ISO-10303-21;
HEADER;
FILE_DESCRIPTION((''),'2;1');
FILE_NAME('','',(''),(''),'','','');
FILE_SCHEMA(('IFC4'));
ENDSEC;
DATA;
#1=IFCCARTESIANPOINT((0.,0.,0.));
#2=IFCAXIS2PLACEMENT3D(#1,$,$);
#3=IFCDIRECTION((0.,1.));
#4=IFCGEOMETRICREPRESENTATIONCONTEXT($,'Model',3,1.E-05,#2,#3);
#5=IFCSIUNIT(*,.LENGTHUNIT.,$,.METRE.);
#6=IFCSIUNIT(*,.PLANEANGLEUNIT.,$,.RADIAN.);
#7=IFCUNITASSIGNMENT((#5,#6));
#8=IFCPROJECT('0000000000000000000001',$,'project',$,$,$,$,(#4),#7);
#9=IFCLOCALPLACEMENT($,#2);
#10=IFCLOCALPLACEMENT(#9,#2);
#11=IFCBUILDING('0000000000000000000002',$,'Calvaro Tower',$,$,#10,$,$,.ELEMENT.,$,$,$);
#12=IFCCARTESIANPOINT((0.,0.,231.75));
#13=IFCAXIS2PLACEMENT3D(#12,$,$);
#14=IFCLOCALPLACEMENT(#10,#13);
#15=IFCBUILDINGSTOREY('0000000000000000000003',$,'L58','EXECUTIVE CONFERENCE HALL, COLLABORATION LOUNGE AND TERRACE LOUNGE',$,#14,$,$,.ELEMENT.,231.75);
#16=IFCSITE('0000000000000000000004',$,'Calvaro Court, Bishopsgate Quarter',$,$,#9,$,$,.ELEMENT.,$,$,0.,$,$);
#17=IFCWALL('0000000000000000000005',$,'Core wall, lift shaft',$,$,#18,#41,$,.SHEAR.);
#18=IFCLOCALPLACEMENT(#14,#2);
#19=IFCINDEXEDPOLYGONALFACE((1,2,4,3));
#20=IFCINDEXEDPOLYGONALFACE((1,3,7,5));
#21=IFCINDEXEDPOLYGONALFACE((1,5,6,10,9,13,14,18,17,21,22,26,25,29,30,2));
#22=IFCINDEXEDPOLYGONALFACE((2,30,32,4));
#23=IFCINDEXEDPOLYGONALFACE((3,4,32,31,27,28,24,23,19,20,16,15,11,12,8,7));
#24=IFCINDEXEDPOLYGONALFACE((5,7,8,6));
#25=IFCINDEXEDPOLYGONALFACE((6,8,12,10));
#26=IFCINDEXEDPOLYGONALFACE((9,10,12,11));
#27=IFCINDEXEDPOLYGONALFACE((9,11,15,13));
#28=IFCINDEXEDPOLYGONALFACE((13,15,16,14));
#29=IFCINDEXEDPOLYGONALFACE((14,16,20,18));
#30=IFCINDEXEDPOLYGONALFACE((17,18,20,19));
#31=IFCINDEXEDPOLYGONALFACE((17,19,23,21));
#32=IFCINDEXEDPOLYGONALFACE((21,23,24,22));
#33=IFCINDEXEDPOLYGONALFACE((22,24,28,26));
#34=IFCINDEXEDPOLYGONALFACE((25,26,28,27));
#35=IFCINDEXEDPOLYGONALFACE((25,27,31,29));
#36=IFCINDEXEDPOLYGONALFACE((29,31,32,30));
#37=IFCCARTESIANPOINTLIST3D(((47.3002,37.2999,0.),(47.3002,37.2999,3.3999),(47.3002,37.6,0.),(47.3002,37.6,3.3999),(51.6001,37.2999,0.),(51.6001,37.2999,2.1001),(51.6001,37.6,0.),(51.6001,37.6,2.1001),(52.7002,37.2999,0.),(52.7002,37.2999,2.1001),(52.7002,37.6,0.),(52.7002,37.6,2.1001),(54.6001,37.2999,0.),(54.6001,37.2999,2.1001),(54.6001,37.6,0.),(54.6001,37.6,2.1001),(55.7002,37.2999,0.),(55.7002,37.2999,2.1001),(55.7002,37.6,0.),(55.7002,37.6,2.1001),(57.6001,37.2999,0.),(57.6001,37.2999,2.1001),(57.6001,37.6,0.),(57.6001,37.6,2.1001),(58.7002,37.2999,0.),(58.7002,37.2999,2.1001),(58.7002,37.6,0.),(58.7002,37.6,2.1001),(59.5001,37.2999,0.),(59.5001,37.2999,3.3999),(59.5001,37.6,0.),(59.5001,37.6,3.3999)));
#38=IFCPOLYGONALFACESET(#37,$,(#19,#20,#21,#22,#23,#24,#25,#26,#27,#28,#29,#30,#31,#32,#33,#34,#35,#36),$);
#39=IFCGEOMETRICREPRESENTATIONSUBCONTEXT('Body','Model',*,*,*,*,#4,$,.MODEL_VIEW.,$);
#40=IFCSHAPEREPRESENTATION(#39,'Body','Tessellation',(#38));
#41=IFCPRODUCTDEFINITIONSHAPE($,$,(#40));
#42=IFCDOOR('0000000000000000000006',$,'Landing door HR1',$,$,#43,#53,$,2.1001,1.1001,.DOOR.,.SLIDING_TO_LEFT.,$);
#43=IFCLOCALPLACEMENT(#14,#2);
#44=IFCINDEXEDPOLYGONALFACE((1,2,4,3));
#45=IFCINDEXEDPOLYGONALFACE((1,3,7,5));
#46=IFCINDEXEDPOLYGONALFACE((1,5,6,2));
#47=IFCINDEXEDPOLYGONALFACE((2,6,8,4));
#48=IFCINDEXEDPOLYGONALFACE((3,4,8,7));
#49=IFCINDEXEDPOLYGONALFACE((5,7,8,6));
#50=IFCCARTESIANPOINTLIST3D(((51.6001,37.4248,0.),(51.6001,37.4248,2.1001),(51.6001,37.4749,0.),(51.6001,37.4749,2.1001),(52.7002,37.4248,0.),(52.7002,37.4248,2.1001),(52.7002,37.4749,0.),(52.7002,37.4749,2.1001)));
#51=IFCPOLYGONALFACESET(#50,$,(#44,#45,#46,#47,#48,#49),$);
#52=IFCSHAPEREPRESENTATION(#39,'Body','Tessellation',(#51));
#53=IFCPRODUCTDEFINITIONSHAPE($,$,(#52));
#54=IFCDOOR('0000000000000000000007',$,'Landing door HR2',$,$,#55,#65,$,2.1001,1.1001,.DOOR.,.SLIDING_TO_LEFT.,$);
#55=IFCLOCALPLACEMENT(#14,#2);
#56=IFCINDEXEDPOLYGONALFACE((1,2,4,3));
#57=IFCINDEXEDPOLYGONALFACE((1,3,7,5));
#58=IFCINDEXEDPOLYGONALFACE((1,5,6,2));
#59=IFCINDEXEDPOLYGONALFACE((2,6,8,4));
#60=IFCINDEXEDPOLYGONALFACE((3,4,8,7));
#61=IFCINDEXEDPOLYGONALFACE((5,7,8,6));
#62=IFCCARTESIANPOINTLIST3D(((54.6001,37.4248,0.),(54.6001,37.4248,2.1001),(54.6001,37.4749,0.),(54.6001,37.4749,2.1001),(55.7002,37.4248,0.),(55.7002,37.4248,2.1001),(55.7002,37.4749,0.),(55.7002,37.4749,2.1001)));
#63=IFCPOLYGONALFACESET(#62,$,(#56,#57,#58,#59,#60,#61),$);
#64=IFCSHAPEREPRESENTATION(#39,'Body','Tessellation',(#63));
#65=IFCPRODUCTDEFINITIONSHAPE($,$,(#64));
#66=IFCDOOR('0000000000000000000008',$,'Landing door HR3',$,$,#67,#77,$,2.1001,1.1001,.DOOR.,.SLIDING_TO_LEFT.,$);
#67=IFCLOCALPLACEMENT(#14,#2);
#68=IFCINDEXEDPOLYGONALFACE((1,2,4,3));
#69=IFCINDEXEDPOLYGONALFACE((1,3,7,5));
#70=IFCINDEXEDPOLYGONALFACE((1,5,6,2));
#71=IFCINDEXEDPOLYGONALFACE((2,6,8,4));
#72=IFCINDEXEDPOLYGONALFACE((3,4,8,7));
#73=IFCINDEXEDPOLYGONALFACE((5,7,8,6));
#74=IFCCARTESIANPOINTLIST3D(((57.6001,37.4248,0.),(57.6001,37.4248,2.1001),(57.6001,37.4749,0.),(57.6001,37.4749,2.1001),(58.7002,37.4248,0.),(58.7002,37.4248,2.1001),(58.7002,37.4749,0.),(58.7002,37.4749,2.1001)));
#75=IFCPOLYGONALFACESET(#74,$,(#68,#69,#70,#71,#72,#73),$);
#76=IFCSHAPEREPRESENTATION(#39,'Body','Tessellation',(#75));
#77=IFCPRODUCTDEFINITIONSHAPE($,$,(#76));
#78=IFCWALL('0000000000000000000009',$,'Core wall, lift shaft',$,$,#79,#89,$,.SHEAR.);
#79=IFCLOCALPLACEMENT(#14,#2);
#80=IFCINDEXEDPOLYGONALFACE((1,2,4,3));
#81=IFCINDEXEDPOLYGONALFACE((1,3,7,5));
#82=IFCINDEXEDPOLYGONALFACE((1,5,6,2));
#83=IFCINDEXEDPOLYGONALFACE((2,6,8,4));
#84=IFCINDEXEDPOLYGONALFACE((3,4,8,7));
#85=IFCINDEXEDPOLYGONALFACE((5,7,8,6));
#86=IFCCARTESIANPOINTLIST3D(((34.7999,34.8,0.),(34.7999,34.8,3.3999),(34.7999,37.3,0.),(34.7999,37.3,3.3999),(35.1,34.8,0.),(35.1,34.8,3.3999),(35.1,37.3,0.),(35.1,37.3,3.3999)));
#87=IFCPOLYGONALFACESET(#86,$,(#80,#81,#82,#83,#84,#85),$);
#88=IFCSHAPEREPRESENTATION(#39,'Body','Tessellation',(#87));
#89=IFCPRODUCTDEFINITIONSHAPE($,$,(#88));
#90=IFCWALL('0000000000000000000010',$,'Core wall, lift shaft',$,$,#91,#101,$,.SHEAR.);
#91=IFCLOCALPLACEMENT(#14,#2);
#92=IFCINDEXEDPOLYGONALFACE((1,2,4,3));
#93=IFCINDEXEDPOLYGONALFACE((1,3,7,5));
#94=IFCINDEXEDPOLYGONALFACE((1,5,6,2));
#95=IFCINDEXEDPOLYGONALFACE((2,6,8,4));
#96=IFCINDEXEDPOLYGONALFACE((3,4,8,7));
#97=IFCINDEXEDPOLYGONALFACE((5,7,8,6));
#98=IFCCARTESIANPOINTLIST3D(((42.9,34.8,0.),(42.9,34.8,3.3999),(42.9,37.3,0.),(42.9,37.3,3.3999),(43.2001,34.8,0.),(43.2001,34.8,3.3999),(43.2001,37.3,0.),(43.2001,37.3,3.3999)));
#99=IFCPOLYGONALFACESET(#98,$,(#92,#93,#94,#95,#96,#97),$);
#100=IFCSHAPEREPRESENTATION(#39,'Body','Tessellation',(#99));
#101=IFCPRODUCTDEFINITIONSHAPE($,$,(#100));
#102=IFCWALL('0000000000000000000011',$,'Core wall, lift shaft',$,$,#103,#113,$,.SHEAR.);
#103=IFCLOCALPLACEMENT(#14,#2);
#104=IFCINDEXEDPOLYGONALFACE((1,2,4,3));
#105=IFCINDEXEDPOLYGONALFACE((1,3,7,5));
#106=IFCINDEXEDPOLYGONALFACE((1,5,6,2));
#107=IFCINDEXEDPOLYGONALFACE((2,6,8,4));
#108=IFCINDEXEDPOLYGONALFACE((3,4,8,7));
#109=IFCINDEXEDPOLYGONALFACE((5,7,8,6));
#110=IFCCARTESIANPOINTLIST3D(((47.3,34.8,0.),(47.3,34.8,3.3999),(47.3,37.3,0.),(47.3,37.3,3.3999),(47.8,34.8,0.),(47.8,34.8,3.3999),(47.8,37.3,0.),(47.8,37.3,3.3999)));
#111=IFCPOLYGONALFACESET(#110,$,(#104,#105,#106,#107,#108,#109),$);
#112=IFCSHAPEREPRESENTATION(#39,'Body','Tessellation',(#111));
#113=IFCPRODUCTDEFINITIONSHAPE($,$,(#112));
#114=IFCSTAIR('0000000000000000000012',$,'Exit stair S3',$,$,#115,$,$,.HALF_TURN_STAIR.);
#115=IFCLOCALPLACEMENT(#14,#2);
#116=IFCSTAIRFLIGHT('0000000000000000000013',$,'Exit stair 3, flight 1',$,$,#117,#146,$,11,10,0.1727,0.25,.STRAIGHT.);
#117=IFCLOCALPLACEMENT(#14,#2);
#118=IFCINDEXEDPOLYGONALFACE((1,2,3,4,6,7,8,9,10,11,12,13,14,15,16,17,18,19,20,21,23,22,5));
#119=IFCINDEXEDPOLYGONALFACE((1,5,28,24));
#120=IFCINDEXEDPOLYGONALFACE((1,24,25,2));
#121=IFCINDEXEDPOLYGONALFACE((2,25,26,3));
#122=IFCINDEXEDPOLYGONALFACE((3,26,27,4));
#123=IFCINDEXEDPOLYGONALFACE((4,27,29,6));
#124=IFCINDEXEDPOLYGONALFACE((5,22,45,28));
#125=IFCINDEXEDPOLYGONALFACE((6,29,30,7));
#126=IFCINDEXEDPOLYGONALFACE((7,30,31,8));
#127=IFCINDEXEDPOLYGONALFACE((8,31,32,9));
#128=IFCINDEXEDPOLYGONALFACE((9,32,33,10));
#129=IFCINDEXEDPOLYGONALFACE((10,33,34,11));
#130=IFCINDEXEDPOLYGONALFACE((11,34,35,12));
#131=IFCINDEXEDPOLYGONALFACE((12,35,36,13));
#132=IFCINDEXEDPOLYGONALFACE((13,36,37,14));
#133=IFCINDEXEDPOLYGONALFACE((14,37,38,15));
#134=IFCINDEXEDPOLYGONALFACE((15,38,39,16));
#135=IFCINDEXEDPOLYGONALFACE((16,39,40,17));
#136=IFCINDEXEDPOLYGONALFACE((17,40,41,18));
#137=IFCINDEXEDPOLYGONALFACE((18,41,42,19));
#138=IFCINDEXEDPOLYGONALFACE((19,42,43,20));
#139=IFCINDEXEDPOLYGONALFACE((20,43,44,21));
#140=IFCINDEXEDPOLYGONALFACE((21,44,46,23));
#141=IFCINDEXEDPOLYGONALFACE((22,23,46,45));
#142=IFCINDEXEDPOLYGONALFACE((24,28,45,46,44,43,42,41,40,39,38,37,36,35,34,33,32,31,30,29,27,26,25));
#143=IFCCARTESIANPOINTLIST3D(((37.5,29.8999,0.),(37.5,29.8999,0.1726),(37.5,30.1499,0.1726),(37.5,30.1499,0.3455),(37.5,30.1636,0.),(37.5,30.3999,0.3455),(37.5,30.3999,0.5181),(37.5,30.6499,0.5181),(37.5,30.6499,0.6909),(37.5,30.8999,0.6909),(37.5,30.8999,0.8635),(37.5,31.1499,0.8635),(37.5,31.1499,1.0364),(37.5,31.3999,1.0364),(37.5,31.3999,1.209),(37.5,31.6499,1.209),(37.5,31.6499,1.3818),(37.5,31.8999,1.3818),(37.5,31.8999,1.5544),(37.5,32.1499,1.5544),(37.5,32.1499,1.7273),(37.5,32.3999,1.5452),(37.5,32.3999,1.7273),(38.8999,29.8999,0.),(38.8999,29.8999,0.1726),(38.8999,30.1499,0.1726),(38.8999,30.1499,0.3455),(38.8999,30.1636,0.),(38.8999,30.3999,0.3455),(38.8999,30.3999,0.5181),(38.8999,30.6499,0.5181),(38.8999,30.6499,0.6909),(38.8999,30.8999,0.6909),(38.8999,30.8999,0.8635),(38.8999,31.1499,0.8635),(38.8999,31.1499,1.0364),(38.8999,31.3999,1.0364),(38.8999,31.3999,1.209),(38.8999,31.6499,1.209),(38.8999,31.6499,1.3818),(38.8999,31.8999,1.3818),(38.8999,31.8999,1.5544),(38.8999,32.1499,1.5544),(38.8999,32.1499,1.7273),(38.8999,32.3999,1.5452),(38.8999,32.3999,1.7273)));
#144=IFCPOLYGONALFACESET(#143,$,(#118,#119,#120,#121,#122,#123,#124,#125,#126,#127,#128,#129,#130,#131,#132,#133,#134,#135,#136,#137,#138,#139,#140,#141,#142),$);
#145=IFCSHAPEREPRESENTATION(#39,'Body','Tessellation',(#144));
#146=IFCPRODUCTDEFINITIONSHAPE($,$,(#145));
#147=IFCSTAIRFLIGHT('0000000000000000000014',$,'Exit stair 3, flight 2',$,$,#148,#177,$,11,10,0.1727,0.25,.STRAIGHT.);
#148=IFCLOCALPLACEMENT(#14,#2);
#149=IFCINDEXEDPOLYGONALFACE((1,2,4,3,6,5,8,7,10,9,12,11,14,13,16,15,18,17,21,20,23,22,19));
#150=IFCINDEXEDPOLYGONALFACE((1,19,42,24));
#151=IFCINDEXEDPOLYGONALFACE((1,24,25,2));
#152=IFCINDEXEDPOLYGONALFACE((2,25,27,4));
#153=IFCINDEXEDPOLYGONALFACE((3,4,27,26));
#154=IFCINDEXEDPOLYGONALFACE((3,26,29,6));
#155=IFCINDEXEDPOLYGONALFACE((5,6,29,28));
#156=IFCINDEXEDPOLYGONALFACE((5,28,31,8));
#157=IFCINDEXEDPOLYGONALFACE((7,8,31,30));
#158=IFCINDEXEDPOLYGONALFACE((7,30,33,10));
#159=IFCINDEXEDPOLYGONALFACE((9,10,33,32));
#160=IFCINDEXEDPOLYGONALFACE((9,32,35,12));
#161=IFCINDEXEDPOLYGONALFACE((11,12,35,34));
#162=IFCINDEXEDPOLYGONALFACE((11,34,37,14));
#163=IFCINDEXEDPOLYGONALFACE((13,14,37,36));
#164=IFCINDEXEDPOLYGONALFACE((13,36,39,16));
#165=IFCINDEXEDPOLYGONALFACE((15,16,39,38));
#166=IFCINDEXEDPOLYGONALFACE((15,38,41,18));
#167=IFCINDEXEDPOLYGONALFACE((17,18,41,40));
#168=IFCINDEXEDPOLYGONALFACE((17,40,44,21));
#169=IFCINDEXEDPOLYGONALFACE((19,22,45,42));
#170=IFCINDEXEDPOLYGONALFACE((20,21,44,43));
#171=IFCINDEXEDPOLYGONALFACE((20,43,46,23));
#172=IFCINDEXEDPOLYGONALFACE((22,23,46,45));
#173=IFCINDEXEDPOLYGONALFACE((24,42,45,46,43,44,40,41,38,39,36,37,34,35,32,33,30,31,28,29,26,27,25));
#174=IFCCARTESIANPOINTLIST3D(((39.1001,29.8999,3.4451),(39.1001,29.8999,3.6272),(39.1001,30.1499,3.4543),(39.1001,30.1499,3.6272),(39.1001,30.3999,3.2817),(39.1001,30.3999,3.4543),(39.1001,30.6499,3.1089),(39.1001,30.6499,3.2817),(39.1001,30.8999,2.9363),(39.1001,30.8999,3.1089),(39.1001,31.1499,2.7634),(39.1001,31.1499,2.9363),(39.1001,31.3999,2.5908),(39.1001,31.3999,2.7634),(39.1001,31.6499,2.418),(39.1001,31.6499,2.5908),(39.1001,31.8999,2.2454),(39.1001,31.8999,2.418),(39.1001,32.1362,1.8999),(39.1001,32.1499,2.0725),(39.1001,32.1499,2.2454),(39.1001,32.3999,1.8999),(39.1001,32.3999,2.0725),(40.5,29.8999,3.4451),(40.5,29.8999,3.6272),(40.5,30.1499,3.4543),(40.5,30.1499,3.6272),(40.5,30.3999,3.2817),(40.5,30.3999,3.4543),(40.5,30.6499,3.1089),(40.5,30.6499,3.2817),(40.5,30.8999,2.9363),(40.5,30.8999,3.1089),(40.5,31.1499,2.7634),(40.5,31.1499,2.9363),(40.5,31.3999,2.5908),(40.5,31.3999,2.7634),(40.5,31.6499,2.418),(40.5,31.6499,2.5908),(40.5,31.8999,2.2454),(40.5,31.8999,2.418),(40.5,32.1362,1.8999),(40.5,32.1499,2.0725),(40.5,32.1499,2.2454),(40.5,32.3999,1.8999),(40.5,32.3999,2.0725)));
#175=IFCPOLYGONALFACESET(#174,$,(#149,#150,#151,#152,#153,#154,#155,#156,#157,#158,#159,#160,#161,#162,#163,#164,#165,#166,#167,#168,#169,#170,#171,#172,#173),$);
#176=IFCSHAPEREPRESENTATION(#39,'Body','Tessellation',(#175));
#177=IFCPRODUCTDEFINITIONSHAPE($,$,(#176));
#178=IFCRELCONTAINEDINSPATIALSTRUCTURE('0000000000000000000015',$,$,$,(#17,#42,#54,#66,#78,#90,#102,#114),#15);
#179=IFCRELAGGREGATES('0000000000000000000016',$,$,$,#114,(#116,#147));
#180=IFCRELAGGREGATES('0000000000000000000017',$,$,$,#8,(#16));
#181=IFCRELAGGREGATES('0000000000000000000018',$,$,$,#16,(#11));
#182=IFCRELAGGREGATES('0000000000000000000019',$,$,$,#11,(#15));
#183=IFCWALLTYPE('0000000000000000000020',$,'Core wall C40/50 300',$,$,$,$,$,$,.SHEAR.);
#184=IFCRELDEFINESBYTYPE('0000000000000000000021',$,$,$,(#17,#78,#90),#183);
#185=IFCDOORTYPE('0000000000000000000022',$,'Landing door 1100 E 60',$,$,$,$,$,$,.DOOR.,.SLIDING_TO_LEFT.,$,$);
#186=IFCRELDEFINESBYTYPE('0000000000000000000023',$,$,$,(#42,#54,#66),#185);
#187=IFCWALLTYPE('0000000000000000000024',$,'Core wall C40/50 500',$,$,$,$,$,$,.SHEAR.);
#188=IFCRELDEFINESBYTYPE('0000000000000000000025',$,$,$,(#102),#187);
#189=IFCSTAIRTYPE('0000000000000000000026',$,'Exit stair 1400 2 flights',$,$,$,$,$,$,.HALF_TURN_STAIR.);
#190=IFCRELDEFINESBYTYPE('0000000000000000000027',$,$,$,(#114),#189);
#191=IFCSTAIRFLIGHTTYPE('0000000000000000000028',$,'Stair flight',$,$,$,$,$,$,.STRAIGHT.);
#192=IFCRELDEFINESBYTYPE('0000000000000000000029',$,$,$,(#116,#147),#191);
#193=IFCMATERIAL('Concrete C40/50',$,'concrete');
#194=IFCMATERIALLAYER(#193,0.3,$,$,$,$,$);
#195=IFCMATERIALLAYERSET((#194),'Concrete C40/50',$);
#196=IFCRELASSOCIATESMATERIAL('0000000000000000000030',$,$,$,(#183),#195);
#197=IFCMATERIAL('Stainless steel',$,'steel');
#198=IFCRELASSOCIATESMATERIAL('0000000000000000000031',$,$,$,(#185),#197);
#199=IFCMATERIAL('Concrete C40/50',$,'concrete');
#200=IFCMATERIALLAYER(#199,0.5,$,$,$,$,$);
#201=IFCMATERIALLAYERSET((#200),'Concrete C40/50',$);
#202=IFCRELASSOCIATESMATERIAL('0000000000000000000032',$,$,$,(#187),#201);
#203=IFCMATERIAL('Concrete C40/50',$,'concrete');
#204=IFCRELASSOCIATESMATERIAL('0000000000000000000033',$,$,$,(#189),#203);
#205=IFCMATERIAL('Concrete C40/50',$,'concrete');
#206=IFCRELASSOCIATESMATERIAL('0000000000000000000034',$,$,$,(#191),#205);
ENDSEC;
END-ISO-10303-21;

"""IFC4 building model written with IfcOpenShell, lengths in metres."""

from ifc_helpers import new_model, si_unit, direction, frame, frame_2d, origin, place, context, subcontext, project, spatial, polyline, rectangle, outline, extrude, material, layer, layer_set, type_object, element, fill, aggregate, save


model = new_model("IFC4")

# Units and contexts
model_context = context("Model", 3, precision=1e-05, world=origin(), true_north=direction((0.0, 1.0)))
body_context = subcontext(model_context, "Body", "Model", "MODEL_VIEW")
ifc_project = project(units=[si_unit("LENGTHUNIT", "METRE"), si_unit("PLANEANGLEUNIT", "RADIAN")], contexts=[model_context])

# Site, building, storey
site_placement = place(None, origin())
site = spatial("IfcSite", under=ifc_project, at=site_placement, Name="Calvaro Court, Bishopsgate Quarter", CompositionType="ELEMENT", RefElevation=0.0)
building_placement = place(site_placement, origin())
building = spatial("IfcBuilding", under=site, at=building_placement, Name="Calvaro Tower", CompositionType="ELEMENT")
storey_placement = place(building_placement, frame((0.0, 0.0, 231.75)))
storey = spatial("IfcBuildingStorey", under=building, at=storey_placement, Name="L58", Description="EXECUTIVE CONFERENCE HALL, COLLABORATION LOUNGE AND TERRACE LOUNGE", CompositionType="ELEMENT", Elevation=231.75)

# Shared definitions
ifc_material_1 = material(Name="Concrete C40/50", Category="concrete")
ifc_layer_1 = layer(ifc_material_1, 0.3)
ifc_layer_set_1 = layer_set([ifc_layer_1], Name="Concrete C40/50")
wall_type_1 = type_object("IfcWallType", Name="Core wall C40/50 300", PredefinedType="SHEAR", material=ifc_layer_set_1)

# Shared definitions
ifc_material_2 = material(Name="Stainless steel", Category="steel")
door_type_1 = type_object("IfcDoorType", Name="Landing door 1100 E 60", OperationType="SLIDING_TO_LEFT", PredefinedType="DOOR", material=ifc_material_2)

# Wall, openings, doors
wall_1_placement = place(storey_placement, frame((47.3, 37.45, 0.0), z_axis=(0.0, 0.0, 1.0), x_axis=(1.0, 0.0, 0.0)))
wall_1 = element("IfcWall", 1, at=wall_1_placement, inside=storey, type_object=wall_type_1, Name="Core wall, lift shaft", PredefinedType="SHEAR", context=body_context, shape_type="SweptSolid", body=[
    extrude(rectangle(XDim=12.2, YDim=0.3, at=frame_2d((6.1001, 0.0))), origin(), (0.0, 0.0, 1.0), 3.3999),
])
opening_1_placement = place(wall_1_placement, frame((4.3, 0.0, 0.0)))
opening_1 = element("IfcOpeningElement", 2, at=opening_1_placement, cuts=wall_1, PredefinedType="OPENING", context=body_context, shape_type="SweptSolid", body=[
    extrude(rectangle(XDim=1.1001, YDim=2.1001, at=frame_2d((0.55, 1.05))), frame((0.0, 0.1599, 0.0), z_axis=(0.0, -1.0, 0.0), x_axis=(1.0, 0.0, 0.0)), (0.0, 0.0, 1.0), 0.3201),
])
opening_2_placement = place(wall_1_placement, frame((7.3, 0.0, 0.0)))
opening_2 = element("IfcOpeningElement", 3, at=opening_2_placement, cuts=wall_1, PredefinedType="OPENING", context=body_context, shape_type="SweptSolid", body=[
    extrude(rectangle(XDim=1.1001, YDim=2.1001, at=frame_2d((0.55, 1.05))), frame((0.0, 0.1599, 0.0), z_axis=(0.0, -1.0, 0.0), x_axis=(1.0, 0.0, 0.0)), (0.0, 0.0, 1.0), 0.3201),
])
opening_3_placement = place(wall_1_placement, frame((10.3, 0.0, 0.0)))
opening_3 = element("IfcOpeningElement", 4, at=opening_3_placement, cuts=wall_1, PredefinedType="OPENING", context=body_context, shape_type="SweptSolid", body=[
    extrude(rectangle(XDim=1.1001, YDim=2.1001, at=frame_2d((0.55, 1.05))), frame((0.0, 0.1599, 0.0), z_axis=(0.0, -1.0, 0.0), x_axis=(1.0, 0.0, 0.0)), (0.0, 0.0, 1.0), 0.3201),
])
door_1_placement = place(opening_1_placement, origin())
door_1 = element("IfcDoor", 5, at=door_1_placement, inside=storey, type_object=door_type_1, Name="Landing door HR1", OperationType="SLIDING_TO_LEFT", OverallHeight=2.1001, OverallWidth=1.1001, PredefinedType="DOOR", context=body_context, shape_type="SweptSolid", body=[
    extrude(rectangle(XDim=1.1001, YDim=2.1001, at=frame_2d((0.55, 1.05))), frame((0.0, 0.0249, 0.0), z_axis=(0.0, -1.0, 0.0), x_axis=(1.0, 0.0, 0.0)), (0.0, 0.0, 1.0), 0.05),
])
fill(opening_1, door_1)
door_2_placement = place(opening_2_placement, origin())
door_2 = element("IfcDoor", 6, at=door_2_placement, inside=storey, type_object=door_type_1, Name="Landing door HR2", OperationType="SLIDING_TO_LEFT", OverallHeight=2.1001, OverallWidth=1.1001, PredefinedType="DOOR", context=body_context, shape_type="SweptSolid", body=[
    extrude(rectangle(XDim=1.1001, YDim=2.1001, at=frame_2d((0.55, 1.05))), frame((0.0, 0.0249, 0.0), z_axis=(0.0, -1.0, 0.0), x_axis=(1.0, 0.0, 0.0)), (0.0, 0.0, 1.0), 0.05),
])
fill(opening_2, door_2)
door_3_placement = place(opening_3_placement, origin())
door_3 = element("IfcDoor", 7, at=door_3_placement, inside=storey, type_object=door_type_1, Name="Landing door HR3", OperationType="SLIDING_TO_LEFT", OverallHeight=2.1001, OverallWidth=1.1001, PredefinedType="DOOR", context=body_context, shape_type="SweptSolid", body=[
    extrude(rectangle(XDim=1.1001, YDim=2.1001, at=frame_2d((0.55, 1.05))), frame((0.0, 0.0249, 0.0), z_axis=(0.0, -1.0, 0.0), x_axis=(1.0, 0.0, 0.0)), (0.0, 0.0, 1.0), 0.05),
])
fill(opening_3, door_3)

# Walls
for number, where, z_axis, x_axis, name in (
    (8, (34.95, 34.8, 0.0), (0.0, 0.0, 1.0), (0.0, 1.0, 0.0), "Core wall, lift shaft"),
    (9, (43.05, 34.8, 0.0), (0.0, 0.0, 1.0), (0.0, 1.0, 0.0), "Core wall, lift shaft"),
):
    element("IfcWall", number, at=place(storey_placement, frame(where, z_axis=z_axis, x_axis=x_axis)), inside=storey, type_object=wall_type_1, Name=name, PredefinedType="SHEAR", context=body_context, shape_type="SweptSolid", body=[
        extrude(rectangle(XDim=2.5, YDim=0.3, at=frame_2d((1.25, 0.0))), origin(), (0.0, 0.0, 1.0), 3.3999),
    ])
ifc_material_3 = material(Name="Concrete C40/50", Category="concrete")
ifc_layer_2 = layer(ifc_material_3, 0.5)
ifc_layer_set_2 = layer_set([ifc_layer_2], Name="Concrete C40/50")
wall_type_2 = type_object("IfcWallType", Name="Core wall C40/50 500", PredefinedType="SHEAR", material=ifc_layer_set_2)
wall_2_placement = place(storey_placement, frame((47.55, 34.8, 0.0), z_axis=(0.0, 0.0, 1.0), x_axis=(0.0, 1.0, 0.0)))
element("IfcWall", 10, at=wall_2_placement, inside=storey, type_object=wall_type_2, Name="Core wall, lift shaft", PredefinedType="SHEAR", context=body_context, shape_type="SweptSolid", body=[
    extrude(rectangle(XDim=2.5, YDim=0.5, at=frame_2d((1.25, 0.0))), origin(), (0.0, 0.0, 1.0), 3.3999),
])

# Stair, stair flights
ifc_material_4 = material(Name="Concrete C40/50", Category="concrete")
stair_type = type_object("IfcStairType", Name="Exit stair 1400 2 flights", PredefinedType="HALF_TURN_STAIR", material=ifc_material_4)
stair_placement = place(storey_placement, origin())
stair = element("IfcStair", 11, at=stair_placement, inside=storey, type_object=stair_type, Name="Exit stair S3", PredefinedType="HALF_TURN_STAIR")
ifc_material_5 = material(Name="Concrete C40/50", Category="concrete")
stair_flight_type = type_object("IfcStairFlightType", Name="Stair flight", PredefinedType="STRAIGHT", material=ifc_material_5)
stair_flight_1_placement = place(storey_placement, frame((38.2, 29.8999, 0.0), z_axis=(0.0, 0.0, 1.0), x_axis=(0.0, 1.0, 0.0)))
stair_flight_1 = element("IfcStairFlight", 12, at=stair_flight_1_placement, type_object=stair_flight_type, Name="Exit stair 3, flight 1", NumberOfRisers=11, NumberOfTreads=10, PredefinedType="STRAIGHT", RiserHeight=0.1727, TreadLength=0.25, context=body_context, shape_type="SweptSolid", body=[
    extrude(outline(polyline([(0.0, 0.0), (0.0, 0.1726), (0.25, 0.1726), (0.25, 0.3455), (0.5, 0.3455), (0.5, 0.5181), (0.75, 0.5181), (0.75, 0.6909), (1.0, 0.6909), (1.0, 0.8635), (1.25, 0.8635), (1.25, 1.0364), (1.5, 1.0364), (1.5, 1.209), (1.75, 1.209), (1.75, 1.3818), (2.0, 1.3818), (2.0, 1.5544), (2.25, 1.5544), (2.25, 1.7273), (2.5, 1.7273), (2.5, 1.8999), (2.5, 1.5452), (0.2637, 0.0), (0.0, 0.0)])), frame((0.0, 0.7, 0.0), z_axis=(0.0, -1.0, 0.0), x_axis=(1.0, 0.0, 0.0)), (0.0, 0.0, 1.0), 1.3999),
])
stair_flight_2_placement = place(storey_placement, frame((39.8, 32.3999, 1.8999), z_axis=(0.0, 0.0, 1.0), x_axis=(0.0, -1.0, 0.0)))
stair_flight_2 = element("IfcStairFlight", 13, at=stair_flight_2_placement, type_object=stair_flight_type, Name="Exit stair 3, flight 2", NumberOfRisers=11, NumberOfTreads=10, PredefinedType="STRAIGHT", RiserHeight=0.1727, TreadLength=0.25, context=body_context, shape_type="SweptSolid", body=[
    extrude(outline(polyline([(0.0, 0.0), (0.0, 0.1726), (0.25, 0.1726), (0.25, 0.3455), (0.5, 0.3455), (0.5, 0.5181), (0.75, 0.5181), (0.75, 0.6909), (1.0, 0.6909), (1.0, 0.8635), (1.25, 0.8635), (1.25, 1.0364), (1.5, 1.0364), (1.5, 1.209), (1.75, 1.209), (1.75, 1.3818), (2.0, 1.3818), (2.0, 1.5544), (2.25, 1.5544), (2.25, 1.7273), (2.5, 1.7273), (2.5, 1.8999), (2.5, 1.5452), (0.2637, 0.0), (0.0, 0.0)])), frame((0.0, 0.7, 0.0), z_axis=(0.0, -1.0, 0.0), x_axis=(1.0, 0.0, 0.0)), (0.0, 0.0, 1.0), 1.3999),
])
aggregate(stair, [stair_flight_1, stair_flight_2])

save(model, "model.ifc")
